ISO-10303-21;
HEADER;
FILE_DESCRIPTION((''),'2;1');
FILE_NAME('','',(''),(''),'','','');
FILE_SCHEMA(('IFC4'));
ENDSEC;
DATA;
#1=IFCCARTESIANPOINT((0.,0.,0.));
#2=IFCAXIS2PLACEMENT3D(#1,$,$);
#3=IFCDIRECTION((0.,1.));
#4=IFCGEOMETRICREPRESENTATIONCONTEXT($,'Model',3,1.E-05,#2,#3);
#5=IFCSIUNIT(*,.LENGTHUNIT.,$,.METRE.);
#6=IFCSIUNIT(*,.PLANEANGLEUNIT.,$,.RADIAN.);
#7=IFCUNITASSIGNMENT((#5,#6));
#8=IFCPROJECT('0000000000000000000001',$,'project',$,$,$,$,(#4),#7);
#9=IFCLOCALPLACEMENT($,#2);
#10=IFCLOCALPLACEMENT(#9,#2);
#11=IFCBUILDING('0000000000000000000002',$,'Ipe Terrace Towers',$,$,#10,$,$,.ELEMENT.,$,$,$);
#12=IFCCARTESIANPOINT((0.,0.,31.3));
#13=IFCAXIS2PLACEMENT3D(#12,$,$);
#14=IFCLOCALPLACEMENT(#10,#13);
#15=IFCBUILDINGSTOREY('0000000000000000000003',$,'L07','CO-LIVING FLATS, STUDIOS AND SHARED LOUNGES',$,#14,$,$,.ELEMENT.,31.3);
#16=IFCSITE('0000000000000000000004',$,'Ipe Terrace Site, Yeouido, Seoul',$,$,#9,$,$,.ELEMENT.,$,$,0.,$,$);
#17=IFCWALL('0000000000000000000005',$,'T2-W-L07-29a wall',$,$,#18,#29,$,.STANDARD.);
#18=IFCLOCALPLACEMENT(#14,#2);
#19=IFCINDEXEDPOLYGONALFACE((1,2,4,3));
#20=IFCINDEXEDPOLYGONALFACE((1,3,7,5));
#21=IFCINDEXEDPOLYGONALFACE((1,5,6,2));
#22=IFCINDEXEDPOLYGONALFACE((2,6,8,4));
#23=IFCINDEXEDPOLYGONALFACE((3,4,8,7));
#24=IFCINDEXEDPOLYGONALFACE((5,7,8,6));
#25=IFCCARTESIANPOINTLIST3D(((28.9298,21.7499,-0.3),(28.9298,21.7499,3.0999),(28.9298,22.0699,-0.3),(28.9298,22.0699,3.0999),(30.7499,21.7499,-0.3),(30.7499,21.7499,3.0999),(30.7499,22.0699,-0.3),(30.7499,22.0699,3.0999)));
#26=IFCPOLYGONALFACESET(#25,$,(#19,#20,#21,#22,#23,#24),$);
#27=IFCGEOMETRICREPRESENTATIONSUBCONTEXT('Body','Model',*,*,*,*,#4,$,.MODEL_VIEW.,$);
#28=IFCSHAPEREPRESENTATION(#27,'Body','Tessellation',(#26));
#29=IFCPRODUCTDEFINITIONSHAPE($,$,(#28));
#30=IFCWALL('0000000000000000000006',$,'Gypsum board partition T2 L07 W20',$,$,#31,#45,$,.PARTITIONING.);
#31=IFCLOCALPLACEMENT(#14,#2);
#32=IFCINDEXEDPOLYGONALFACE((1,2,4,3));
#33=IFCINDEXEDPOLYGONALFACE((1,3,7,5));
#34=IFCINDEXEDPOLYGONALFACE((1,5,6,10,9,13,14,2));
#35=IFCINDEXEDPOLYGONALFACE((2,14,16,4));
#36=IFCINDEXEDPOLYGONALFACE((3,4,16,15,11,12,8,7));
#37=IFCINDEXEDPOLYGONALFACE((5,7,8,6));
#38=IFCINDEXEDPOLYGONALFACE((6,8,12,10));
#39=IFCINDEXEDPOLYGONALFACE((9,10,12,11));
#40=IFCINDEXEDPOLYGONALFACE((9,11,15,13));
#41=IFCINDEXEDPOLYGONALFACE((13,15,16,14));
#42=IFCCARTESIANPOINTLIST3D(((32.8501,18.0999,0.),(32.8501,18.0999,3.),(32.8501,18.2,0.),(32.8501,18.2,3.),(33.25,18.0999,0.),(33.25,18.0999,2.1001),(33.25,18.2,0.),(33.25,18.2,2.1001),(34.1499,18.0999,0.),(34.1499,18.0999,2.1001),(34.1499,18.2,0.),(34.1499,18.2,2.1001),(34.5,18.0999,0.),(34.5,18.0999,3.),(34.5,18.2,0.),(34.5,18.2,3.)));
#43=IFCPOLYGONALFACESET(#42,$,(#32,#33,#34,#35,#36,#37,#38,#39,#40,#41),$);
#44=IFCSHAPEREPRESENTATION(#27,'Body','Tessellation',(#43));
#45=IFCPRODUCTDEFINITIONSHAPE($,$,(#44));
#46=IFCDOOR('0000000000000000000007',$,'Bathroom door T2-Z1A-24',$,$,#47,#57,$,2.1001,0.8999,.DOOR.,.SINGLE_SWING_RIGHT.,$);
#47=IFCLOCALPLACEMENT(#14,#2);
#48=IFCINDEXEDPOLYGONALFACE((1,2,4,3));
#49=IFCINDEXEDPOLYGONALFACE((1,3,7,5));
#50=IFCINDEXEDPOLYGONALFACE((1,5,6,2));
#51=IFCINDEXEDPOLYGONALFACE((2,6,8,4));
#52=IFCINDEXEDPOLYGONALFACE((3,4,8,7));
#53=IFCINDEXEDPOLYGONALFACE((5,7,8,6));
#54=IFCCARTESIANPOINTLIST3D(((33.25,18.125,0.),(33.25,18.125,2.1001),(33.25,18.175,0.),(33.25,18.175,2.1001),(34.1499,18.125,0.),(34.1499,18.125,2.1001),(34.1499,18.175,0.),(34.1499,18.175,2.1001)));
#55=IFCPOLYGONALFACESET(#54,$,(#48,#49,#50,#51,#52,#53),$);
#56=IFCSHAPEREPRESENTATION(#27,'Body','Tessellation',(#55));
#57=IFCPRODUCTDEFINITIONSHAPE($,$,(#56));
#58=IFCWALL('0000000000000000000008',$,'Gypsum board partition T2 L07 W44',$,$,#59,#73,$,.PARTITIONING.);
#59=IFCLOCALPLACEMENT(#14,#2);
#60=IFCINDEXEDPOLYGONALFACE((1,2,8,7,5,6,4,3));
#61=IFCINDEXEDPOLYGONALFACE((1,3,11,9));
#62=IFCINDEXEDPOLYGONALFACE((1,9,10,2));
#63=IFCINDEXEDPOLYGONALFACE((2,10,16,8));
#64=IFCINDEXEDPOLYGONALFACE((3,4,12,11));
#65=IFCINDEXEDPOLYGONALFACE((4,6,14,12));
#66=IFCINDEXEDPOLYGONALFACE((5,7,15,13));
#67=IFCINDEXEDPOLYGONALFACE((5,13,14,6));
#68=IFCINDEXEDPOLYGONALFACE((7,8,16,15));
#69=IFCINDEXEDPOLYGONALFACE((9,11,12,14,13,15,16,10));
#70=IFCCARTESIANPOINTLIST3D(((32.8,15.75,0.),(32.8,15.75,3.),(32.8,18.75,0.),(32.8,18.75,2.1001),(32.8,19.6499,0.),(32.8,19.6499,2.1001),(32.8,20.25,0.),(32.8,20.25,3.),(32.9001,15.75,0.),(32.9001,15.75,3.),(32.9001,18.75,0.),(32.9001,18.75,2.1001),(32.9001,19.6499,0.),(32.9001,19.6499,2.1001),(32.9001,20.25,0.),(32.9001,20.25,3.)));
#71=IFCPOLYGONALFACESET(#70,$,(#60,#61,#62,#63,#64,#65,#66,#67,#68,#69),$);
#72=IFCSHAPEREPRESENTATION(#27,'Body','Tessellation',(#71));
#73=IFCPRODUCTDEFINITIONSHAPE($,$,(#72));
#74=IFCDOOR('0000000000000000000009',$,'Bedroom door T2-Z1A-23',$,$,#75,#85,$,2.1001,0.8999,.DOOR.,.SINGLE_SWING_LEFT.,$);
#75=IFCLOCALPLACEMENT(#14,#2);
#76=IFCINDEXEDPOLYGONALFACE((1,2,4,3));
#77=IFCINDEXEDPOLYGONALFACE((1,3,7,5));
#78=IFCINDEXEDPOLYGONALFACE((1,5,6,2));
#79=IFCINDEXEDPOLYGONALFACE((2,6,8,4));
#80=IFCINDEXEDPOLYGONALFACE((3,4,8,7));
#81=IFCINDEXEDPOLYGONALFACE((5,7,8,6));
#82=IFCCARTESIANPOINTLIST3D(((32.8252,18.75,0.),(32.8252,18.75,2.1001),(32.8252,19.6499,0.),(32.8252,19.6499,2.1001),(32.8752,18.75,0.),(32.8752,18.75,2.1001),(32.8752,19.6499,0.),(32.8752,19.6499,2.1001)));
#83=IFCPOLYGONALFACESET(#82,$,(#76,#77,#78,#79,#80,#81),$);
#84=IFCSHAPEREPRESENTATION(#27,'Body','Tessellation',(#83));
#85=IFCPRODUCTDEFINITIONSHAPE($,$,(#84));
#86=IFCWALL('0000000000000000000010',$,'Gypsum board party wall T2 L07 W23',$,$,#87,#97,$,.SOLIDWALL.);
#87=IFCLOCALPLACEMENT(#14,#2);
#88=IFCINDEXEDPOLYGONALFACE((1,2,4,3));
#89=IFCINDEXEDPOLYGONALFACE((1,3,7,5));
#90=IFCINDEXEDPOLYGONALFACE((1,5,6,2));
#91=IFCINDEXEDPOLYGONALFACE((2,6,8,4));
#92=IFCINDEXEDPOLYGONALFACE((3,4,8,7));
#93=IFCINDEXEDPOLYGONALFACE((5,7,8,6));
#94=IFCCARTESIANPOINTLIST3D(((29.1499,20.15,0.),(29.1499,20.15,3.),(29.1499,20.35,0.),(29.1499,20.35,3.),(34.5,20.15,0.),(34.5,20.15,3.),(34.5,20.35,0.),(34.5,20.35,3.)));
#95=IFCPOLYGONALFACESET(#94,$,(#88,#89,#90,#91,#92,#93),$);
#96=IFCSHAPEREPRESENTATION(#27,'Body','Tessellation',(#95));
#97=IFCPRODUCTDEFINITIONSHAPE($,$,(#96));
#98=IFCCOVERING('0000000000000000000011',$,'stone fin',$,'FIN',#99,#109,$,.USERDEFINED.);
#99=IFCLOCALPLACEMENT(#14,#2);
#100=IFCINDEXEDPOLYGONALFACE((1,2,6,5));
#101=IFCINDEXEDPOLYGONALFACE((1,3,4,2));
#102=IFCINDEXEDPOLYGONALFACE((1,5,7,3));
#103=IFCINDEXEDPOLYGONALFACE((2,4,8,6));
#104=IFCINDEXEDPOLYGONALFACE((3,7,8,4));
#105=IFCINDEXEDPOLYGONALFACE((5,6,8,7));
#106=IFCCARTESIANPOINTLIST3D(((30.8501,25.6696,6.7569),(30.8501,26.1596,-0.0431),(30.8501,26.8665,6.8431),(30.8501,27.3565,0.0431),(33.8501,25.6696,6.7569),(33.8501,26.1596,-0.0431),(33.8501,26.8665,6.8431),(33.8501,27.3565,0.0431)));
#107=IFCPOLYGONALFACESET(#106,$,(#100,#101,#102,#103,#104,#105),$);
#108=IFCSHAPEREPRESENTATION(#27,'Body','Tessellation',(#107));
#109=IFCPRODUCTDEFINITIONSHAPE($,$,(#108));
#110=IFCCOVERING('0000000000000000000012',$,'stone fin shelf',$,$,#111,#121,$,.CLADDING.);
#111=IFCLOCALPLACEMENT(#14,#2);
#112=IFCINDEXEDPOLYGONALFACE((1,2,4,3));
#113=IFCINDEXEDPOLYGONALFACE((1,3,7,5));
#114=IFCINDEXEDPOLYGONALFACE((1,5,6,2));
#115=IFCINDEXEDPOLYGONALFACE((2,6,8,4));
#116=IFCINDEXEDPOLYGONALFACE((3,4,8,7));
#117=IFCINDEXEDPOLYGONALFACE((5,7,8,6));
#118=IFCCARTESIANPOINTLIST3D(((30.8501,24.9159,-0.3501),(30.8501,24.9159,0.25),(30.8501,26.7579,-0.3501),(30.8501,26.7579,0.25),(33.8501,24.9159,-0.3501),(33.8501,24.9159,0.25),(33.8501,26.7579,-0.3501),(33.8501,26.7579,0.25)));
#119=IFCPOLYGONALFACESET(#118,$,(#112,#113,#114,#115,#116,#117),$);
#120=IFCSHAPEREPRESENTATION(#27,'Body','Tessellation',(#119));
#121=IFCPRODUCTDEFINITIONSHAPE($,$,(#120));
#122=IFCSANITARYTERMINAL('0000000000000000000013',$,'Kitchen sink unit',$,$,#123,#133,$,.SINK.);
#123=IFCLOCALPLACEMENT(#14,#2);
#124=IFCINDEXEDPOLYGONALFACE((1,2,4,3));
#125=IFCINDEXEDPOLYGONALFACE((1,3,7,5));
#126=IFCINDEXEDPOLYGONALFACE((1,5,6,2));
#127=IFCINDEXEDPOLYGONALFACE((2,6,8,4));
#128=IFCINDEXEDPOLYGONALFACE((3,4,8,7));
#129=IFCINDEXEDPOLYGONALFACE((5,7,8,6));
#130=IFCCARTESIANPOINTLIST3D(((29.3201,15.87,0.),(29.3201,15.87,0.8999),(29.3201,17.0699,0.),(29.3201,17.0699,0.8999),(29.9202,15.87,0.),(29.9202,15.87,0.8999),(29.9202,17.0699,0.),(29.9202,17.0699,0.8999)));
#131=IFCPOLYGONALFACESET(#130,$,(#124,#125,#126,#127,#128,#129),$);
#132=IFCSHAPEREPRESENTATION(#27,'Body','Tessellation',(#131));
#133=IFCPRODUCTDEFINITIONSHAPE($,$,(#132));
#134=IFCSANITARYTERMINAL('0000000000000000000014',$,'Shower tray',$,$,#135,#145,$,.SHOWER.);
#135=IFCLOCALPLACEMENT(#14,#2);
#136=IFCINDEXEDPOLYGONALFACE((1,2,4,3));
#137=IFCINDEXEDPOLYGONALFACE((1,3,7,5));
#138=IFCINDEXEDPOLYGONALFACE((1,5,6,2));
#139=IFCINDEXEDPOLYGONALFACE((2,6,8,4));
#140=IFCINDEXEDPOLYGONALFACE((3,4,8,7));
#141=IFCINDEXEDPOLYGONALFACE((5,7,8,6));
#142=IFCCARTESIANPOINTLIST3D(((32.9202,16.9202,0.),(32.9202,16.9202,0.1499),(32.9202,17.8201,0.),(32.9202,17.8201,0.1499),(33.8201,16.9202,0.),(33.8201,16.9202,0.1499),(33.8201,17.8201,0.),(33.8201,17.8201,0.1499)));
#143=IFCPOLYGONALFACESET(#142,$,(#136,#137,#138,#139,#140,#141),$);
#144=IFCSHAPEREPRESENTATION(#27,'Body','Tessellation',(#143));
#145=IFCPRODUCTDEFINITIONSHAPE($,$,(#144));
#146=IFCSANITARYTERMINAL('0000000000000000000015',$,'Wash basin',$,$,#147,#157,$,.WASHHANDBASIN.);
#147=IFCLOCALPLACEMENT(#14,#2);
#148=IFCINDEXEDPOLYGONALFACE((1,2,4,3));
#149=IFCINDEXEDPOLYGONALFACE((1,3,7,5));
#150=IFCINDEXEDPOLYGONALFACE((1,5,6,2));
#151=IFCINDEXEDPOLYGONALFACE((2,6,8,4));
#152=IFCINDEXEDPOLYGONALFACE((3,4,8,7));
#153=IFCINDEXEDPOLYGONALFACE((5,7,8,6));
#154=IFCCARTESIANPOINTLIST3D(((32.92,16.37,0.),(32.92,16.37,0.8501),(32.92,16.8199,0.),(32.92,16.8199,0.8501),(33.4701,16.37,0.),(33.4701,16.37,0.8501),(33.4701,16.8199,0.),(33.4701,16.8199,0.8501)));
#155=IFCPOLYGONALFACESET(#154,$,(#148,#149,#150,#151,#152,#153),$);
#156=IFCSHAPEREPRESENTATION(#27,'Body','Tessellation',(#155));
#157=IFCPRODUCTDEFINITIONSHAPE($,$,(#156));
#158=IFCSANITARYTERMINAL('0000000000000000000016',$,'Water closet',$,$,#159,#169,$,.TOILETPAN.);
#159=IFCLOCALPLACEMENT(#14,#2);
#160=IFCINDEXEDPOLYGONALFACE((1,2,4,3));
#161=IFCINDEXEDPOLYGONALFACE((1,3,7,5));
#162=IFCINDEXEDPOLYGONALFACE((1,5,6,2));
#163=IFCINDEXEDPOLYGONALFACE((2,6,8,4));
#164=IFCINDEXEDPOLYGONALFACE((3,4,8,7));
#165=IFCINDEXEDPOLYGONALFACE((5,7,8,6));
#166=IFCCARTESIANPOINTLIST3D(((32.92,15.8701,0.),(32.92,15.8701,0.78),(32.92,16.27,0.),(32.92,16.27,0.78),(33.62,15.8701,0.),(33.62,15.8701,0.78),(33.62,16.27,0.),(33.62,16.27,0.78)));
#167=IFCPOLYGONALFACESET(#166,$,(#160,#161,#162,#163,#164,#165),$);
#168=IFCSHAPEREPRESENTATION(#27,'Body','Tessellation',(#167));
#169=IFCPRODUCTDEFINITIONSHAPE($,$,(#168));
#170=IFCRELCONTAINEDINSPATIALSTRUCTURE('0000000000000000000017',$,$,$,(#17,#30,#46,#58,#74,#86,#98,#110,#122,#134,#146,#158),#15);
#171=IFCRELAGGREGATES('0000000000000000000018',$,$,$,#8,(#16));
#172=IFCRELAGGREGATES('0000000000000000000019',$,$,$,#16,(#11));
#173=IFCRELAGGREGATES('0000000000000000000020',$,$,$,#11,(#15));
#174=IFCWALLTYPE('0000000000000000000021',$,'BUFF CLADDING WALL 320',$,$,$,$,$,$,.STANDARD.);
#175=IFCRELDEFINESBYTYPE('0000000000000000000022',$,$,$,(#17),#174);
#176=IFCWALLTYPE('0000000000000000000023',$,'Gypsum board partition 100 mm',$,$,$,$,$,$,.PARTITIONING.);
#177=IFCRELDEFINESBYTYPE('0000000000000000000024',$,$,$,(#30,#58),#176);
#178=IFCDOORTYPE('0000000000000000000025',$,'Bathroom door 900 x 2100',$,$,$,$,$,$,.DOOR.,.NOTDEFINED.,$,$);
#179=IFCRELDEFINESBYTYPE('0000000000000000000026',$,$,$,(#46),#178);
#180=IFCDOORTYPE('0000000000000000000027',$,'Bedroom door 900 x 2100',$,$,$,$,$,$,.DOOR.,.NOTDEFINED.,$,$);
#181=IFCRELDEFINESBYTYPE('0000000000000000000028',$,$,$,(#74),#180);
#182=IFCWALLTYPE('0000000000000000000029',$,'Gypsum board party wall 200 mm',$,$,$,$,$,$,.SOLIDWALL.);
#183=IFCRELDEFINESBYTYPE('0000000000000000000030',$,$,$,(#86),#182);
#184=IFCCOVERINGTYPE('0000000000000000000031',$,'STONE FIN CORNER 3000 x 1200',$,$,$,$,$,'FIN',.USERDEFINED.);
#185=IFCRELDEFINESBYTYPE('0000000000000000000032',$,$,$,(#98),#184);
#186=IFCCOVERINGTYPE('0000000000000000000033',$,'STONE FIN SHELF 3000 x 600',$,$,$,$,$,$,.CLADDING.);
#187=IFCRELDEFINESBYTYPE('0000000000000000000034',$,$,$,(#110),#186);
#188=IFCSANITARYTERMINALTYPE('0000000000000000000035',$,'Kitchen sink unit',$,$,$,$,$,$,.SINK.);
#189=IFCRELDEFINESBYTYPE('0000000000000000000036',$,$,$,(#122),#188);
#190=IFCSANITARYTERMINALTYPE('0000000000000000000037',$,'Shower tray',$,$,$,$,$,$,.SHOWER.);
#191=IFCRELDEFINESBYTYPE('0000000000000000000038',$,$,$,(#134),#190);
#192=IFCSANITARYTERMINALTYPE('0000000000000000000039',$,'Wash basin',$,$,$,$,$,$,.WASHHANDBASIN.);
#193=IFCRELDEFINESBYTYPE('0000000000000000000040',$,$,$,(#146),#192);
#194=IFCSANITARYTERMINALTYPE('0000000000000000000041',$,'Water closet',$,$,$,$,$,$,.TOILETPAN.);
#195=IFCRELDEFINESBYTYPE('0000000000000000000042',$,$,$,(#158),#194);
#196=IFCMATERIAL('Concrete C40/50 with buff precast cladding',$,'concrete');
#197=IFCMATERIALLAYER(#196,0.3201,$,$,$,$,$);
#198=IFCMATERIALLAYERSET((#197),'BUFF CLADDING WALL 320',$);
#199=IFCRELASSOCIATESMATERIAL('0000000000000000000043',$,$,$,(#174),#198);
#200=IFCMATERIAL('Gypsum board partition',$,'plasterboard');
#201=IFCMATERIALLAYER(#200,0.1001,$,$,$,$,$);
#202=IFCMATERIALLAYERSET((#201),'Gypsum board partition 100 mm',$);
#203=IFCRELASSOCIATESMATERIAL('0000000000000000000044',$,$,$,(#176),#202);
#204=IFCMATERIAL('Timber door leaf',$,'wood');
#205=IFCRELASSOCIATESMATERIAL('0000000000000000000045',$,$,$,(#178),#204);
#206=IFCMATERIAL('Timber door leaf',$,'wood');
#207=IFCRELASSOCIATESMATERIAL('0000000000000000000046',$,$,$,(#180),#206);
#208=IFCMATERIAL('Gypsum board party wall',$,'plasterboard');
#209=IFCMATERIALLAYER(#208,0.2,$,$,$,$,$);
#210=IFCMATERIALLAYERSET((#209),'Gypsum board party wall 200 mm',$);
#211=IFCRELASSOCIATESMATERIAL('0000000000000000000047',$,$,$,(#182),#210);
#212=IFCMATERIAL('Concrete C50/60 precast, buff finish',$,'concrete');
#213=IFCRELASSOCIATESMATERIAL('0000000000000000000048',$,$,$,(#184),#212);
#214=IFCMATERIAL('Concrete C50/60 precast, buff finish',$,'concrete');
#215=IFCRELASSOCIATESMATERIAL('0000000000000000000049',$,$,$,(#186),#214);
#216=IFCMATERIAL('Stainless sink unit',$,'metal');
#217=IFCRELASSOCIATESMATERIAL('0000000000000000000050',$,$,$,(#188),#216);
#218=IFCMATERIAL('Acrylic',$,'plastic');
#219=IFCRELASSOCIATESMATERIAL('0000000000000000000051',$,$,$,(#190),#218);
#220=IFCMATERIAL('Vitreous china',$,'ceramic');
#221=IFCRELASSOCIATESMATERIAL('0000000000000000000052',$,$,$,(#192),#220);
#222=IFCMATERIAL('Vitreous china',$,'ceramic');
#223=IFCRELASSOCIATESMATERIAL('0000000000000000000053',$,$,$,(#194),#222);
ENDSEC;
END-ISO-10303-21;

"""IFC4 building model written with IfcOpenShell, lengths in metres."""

from ifc_helpers import new_model, si_unit, direction, frame, frame_2d, origin, origin_2d, place, context, subcontext, project, spatial, rectangle, extrude, material, layer, layer_set, material_profile, profile_set, type_object, element, fill, save


model = new_model("IFC4")

# Units and contexts
model_context = context("Model", 3, precision=1e-05, world=origin(), true_north=direction((0.0, 1.0)))
body_context = subcontext(model_context, "Body", "Model", "MODEL_VIEW")
ifc_project = project(units=[si_unit("LENGTHUNIT", "METRE"), si_unit("PLANEANGLEUNIT", "RADIAN")], contexts=[model_context])

# Site, building, storey
site_placement = place(None, origin())
site = spatial("IfcSite", under=ifc_project, at=site_placement, Name="Ipe Terrace Site, Yeouido, Seoul", CompositionType="ELEMENT", RefElevation=0.0)
building_placement = place(site_placement, origin())
building = spatial("IfcBuilding", under=site, at=building_placement, Name="Ipe Terrace Towers", CompositionType="ELEMENT")
storey_placement = place(building_placement, frame((0.0, 0.0, 31.3)))
storey = spatial("IfcBuildingStorey", under=building, at=storey_placement, Name="L07", Description="CO-LIVING FLATS, STUDIOS AND SHARED LOUNGES", CompositionType="ELEMENT", Elevation=31.3)

# Wall
ifc_material_1 = material(Name="Concrete C40/50 with buff precast cladding", Category="concrete")
ifc_layer_1 = layer(ifc_material_1, 0.3201)
ifc_layer_set_1 = layer_set([ifc_layer_1], Name="BUFF CLADDING WALL 320")
wall_type_1 = type_object("IfcWallType", Name="BUFF CLADDING WALL 320", PredefinedType="STANDARD", material=ifc_layer_set_1)
wall_1_placement = place(storey_placement, frame((30.75, 21.9099, -0.3), z_axis=(0.0, 0.0, 1.0), x_axis=(-1.0, 0.0, 0.0)))
element("IfcWall", 1, at=wall_1_placement, inside=storey, type_object=wall_type_1, Name="T2-W-L07-29a wall", PredefinedType="STANDARD", context=body_context, shape_type="SweptSolid", body=[
    extrude(rectangle(XDim=1.8201, YDim=0.3201, at=frame_2d((0.9102, 0.0))), origin(), (0.0, 0.0, 1.0), 3.3999),
])

# Walls, openings, doors
ifc_material_2 = material(Name="Gypsum board partition", Category="plasterboard")
ifc_layer_2 = layer(ifc_material_2, 0.1001)
ifc_layer_set_2 = layer_set([ifc_layer_2], Name="Gypsum board partition 100 mm")
wall_type_2 = type_object("IfcWallType", Name="Gypsum board partition 100 mm", PredefinedType="PARTITIONING", material=ifc_layer_set_2)
wall_2_placement = place(storey_placement, frame((34.5, 18.1499, 0.0), z_axis=(0.0, 0.0, 1.0), x_axis=(-1.0, 0.0, 0.0)))
wall_2 = element("IfcWall", 2, at=wall_2_placement, inside=storey, type_object=wall_type_2, Name="Gypsum board partition T2 L07 W20", PredefinedType="PARTITIONING", context=body_context, shape_type="SweptSolid", body=[
    extrude(rectangle(XDim=1.6499, YDim=0.1001, at=frame_2d((0.825, 0.0))), origin(), (0.0, 0.0, 1.0), 3.0),
])
opening_1_placement = place(wall_2_placement, frame((0.3501, 0.0, 0.0)))
opening_1 = element("IfcOpeningElement", 3, at=opening_1_placement, cuts=wall_2, PredefinedType="OPENING", context=body_context, shape_type="SweptSolid", body=[
    extrude(rectangle(XDim=0.8999, YDim=2.1001, at=frame_2d((0.45, 1.05))), frame((0.0, 0.0601, 0.0), z_axis=(0.0, -1.0, 0.0), x_axis=(1.0, 0.0, 0.0)), (0.0, 0.0, 1.0), 0.1201),
])
ifc_material_3 = material(Name="Timber door leaf", Category="wood")
door_type_1 = type_object("IfcDoorType", Name="Bathroom door 900 x 2100", OperationType="NOTDEFINED", PredefinedType="DOOR", material=ifc_material_3)
door_1_placement = place(opening_1_placement, origin())
door_1 = element("IfcDoor", 4, at=door_1_placement, inside=storey, type_object=door_type_1, Name="Bathroom door T2-Z1A-24", OperationType="SINGLE_SWING_RIGHT", OverallHeight=2.1001, OverallWidth=0.8999, PredefinedType="DOOR", context=body_context, shape_type="SweptSolid", body=[
    extrude(rectangle(XDim=0.8999, YDim=2.1001, at=frame_2d((0.45, 1.05))), frame((0.0, 0.0249, 0.0), z_axis=(0.0, -1.0, 0.0), x_axis=(1.0, 0.0, 0.0)), (0.0, 0.0, 1.0), 0.05),
])
fill(opening_1, door_1)
wall_3_placement = place(storey_placement, frame((32.8501, 15.75, 0.0), z_axis=(0.0, 0.0, 1.0), x_axis=(0.0, 1.0, 0.0)))
wall_3 = element("IfcWall", 5, at=wall_3_placement, inside=storey, type_object=wall_type_2, Name="Gypsum board partition T2 L07 W44", PredefinedType="PARTITIONING", context=body_context, shape_type="SweptSolid", body=[
    extrude(rectangle(XDim=4.5, YDim=0.1001, at=frame_2d((2.25, 0.0))), origin(), (0.0, 0.0, 1.0), 3.0),
])
opening_2_placement = place(wall_3_placement, frame((3.0, 0.0, 0.0)))
opening_2 = element("IfcOpeningElement", 6, at=opening_2_placement, cuts=wall_3, PredefinedType="OPENING", context=body_context, shape_type="SweptSolid", body=[
    extrude(rectangle(XDim=0.8999, YDim=2.1001, at=frame_2d((0.45, 1.05))), frame((0.0, 0.0601, 0.0), z_axis=(0.0, -1.0, 0.0), x_axis=(1.0, 0.0, 0.0)), (0.0, 0.0, 1.0), 0.1201),
])
ifc_material_4 = material(Name="Timber door leaf", Category="wood")
door_type_2 = type_object("IfcDoorType", Name="Bedroom door 900 x 2100", OperationType="NOTDEFINED", PredefinedType="DOOR", material=ifc_material_4)
door_2_placement = place(opening_2_placement, origin())
door_2 = element("IfcDoor", 7, at=door_2_placement, inside=storey, type_object=door_type_2, Name="Bedroom door T2-Z1A-23", OperationType="SINGLE_SWING_LEFT", OverallHeight=2.1001, OverallWidth=0.8999, PredefinedType="DOOR", context=body_context, shape_type="SweptSolid", body=[
    extrude(rectangle(XDim=0.8999, YDim=2.1001, at=frame_2d((0.45, 1.05))), frame((0.0, 0.0249, 0.0), z_axis=(0.0, -1.0, 0.0), x_axis=(1.0, 0.0, 0.0)), (0.0, 0.0, 1.0), 0.05),
])
fill(opening_2, door_2)

# Wall
ifc_material_5 = material(Name="Gypsum board party wall", Category="plasterboard")
ifc_layer_3 = layer(ifc_material_5, 0.2)
ifc_layer_set_3 = layer_set([ifc_layer_3], Name="Gypsum board party wall 200 mm")
wall_type_3 = type_object("IfcWallType", Name="Gypsum board party wall 200 mm", PredefinedType="SOLIDWALL", material=ifc_layer_set_3)
wall_4_placement = place(storey_placement, frame((34.5, 20.25, 0.0), z_axis=(0.0, 0.0, 1.0), x_axis=(-1.0, 0.0, 0.0)))
element("IfcWall", 8, at=wall_4_placement, inside=storey, type_object=wall_type_3, Name="Gypsum board party wall T2 L07 W23", PredefinedType="SOLIDWALL", context=body_context, shape_type="SweptSolid", body=[
    extrude(rectangle(XDim=5.3501, YDim=0.2, at=frame_2d((2.675, 0.0))), origin(), (0.0, 0.0, 1.0), 3.0),
])

# Coverings
ifc_material_6 = material(Name="Concrete C50/60 precast, buff finish", Category="concrete")
ifc_material_profile_1 = material_profile(ifc_material_6, rectangle(XDim=3.0, YDim=1.2, at=origin_2d()), Name="STONE FIN CORNER 3000 x 1200")
ifc_profile_set_1 = profile_set([ifc_material_profile_1], Name="Concrete C50/60 precast, buff finish")
covering_type_1 = type_object("IfcCoveringType", Name="STONE FIN CORNER 3000 x 1200", ElementType="FIN", PredefinedType="USERDEFINED", material=ifc_profile_set_1)
covering_1_placement = place(storey_placement, frame((32.3501, 26.7581, 0.0), z_axis=(0.0, -0.071871, 0.997414), x_axis=(-1.0, 0.0, 0.0)))
element("IfcCovering", 9, at=covering_1_placement, inside=storey, type_object=covering_type_1, Name="stone fin", ObjectType="FIN", PredefinedType="USERDEFINED", context=body_context, shape_type="SweptSolid", body=[
    extrude(rectangle(XDim=3.0, YDim=1.2, at=origin_2d()), origin(), (0.0, 0.0, 1.0), 6.8176),
])
ifc_material_7 = material(Name="Concrete C50/60 precast, buff finish", Category="concrete")
covering_type_2 = type_object("IfcCoveringType", Name="STONE FIN SHELF 3000 x 600", PredefinedType="CLADDING", material=ifc_material_7)
covering_2_placement = place(storey_placement, frame((32.3501, 25.8369, -0.3501), z_axis=(0.0, 0.0, 1.0), x_axis=(-1.0, 0.0, 0.0)))
element("IfcCovering", 10, at=covering_2_placement, inside=storey, type_object=covering_type_2, Name="stone fin shelf", PredefinedType="CLADDING", context=body_context, shape_type="SweptSolid", body=[
    extrude(rectangle(XDim=3.0, YDim=1.842, at=origin_2d()), origin(), (0.0, 0.0, 1.0), 0.6001),
])

# Sanitary terminals
ifc_material_8 = material(Name="Stainless sink unit", Category="metal")
sanitary_terminal_type_1 = type_object("IfcSanitaryTerminalType", Name="Kitchen sink unit", PredefinedType="SINK", material=ifc_material_8)
sanitary_terminal_1_placement = place(storey_placement, frame((29.6201, 16.47, 0.0), z_axis=(0.0, 0.0, 1.0), x_axis=(0.0, 1.0, 0.0)))
element("IfcSanitaryTerminal", 11, at=sanitary_terminal_1_placement, inside=storey, type_object=sanitary_terminal_type_1, Name="Kitchen sink unit", PredefinedType="SINK", context=body_context, shape_type="SweptSolid", body=[
    extrude(rectangle(XDim=1.2, YDim=0.6001, at=origin_2d()), origin(), (0.0, 0.0, 1.0), 0.8999),
])
ifc_material_9 = material(Name="Acrylic", Category="plastic")
sanitary_terminal_type_2 = type_object("IfcSanitaryTerminalType", Name="Shower tray", PredefinedType="SHOWER", material=ifc_material_9)
sanitary_terminal_2_placement = place(storey_placement, frame((33.3701, 17.3701, 0.0), z_axis=(0.0, 0.0, 1.0), x_axis=(1.0, 0.0, 0.0)))
element("IfcSanitaryTerminal", 12, at=sanitary_terminal_2_placement, inside=storey, type_object=sanitary_terminal_type_2, Name="Shower tray", PredefinedType="SHOWER", context=body_context, shape_type="SweptSolid", body=[
    extrude(rectangle(XDim=0.8999, YDim=0.8999, at=origin_2d()), origin(), (0.0, 0.0, 1.0), 0.1499),
])
ifc_material_10 = material(Name="Vitreous china", Category="ceramic")
sanitary_terminal_type_3 = type_object("IfcSanitaryTerminalType", Name="Wash basin", PredefinedType="WASHHANDBASIN", material=ifc_material_10)
sanitary_terminal_3_placement = place(storey_placement, frame((33.1951, 16.595, 0.0), z_axis=(0.0, 0.0, 1.0), x_axis=(1.0, 0.0, 0.0)))
element("IfcSanitaryTerminal", 13, at=sanitary_terminal_3_placement, inside=storey, type_object=sanitary_terminal_type_3, Name="Wash basin", PredefinedType="WASHHANDBASIN", context=body_context, shape_type="SweptSolid", body=[
    extrude(rectangle(XDim=0.55, YDim=0.45, at=origin_2d()), origin(), (0.0, 0.0, 1.0), 0.8501),
])
ifc_material_11 = material(Name="Vitreous china", Category="ceramic")
sanitary_terminal_type_4 = type_object("IfcSanitaryTerminalType", Name="Water closet", PredefinedType="TOILETPAN", material=ifc_material_11)
sanitary_terminal_4_placement = place(storey_placement, frame((33.27, 16.0701, 0.0), z_axis=(0.0, 0.0, 1.0), x_axis=(1.0, 0.0, 0.0)))
element("IfcSanitaryTerminal", 14, at=sanitary_terminal_4_placement, inside=storey, type_object=sanitary_terminal_type_4, Name="Water closet", PredefinedType="TOILETPAN", context=body_context, shape_type="SweptSolid", body=[
    extrude(rectangle(XDim=0.7, YDim=0.3999, at=origin_2d()), origin(), (0.0, 0.0, 1.0), 0.78),
])

save(model, "model.ifc")
